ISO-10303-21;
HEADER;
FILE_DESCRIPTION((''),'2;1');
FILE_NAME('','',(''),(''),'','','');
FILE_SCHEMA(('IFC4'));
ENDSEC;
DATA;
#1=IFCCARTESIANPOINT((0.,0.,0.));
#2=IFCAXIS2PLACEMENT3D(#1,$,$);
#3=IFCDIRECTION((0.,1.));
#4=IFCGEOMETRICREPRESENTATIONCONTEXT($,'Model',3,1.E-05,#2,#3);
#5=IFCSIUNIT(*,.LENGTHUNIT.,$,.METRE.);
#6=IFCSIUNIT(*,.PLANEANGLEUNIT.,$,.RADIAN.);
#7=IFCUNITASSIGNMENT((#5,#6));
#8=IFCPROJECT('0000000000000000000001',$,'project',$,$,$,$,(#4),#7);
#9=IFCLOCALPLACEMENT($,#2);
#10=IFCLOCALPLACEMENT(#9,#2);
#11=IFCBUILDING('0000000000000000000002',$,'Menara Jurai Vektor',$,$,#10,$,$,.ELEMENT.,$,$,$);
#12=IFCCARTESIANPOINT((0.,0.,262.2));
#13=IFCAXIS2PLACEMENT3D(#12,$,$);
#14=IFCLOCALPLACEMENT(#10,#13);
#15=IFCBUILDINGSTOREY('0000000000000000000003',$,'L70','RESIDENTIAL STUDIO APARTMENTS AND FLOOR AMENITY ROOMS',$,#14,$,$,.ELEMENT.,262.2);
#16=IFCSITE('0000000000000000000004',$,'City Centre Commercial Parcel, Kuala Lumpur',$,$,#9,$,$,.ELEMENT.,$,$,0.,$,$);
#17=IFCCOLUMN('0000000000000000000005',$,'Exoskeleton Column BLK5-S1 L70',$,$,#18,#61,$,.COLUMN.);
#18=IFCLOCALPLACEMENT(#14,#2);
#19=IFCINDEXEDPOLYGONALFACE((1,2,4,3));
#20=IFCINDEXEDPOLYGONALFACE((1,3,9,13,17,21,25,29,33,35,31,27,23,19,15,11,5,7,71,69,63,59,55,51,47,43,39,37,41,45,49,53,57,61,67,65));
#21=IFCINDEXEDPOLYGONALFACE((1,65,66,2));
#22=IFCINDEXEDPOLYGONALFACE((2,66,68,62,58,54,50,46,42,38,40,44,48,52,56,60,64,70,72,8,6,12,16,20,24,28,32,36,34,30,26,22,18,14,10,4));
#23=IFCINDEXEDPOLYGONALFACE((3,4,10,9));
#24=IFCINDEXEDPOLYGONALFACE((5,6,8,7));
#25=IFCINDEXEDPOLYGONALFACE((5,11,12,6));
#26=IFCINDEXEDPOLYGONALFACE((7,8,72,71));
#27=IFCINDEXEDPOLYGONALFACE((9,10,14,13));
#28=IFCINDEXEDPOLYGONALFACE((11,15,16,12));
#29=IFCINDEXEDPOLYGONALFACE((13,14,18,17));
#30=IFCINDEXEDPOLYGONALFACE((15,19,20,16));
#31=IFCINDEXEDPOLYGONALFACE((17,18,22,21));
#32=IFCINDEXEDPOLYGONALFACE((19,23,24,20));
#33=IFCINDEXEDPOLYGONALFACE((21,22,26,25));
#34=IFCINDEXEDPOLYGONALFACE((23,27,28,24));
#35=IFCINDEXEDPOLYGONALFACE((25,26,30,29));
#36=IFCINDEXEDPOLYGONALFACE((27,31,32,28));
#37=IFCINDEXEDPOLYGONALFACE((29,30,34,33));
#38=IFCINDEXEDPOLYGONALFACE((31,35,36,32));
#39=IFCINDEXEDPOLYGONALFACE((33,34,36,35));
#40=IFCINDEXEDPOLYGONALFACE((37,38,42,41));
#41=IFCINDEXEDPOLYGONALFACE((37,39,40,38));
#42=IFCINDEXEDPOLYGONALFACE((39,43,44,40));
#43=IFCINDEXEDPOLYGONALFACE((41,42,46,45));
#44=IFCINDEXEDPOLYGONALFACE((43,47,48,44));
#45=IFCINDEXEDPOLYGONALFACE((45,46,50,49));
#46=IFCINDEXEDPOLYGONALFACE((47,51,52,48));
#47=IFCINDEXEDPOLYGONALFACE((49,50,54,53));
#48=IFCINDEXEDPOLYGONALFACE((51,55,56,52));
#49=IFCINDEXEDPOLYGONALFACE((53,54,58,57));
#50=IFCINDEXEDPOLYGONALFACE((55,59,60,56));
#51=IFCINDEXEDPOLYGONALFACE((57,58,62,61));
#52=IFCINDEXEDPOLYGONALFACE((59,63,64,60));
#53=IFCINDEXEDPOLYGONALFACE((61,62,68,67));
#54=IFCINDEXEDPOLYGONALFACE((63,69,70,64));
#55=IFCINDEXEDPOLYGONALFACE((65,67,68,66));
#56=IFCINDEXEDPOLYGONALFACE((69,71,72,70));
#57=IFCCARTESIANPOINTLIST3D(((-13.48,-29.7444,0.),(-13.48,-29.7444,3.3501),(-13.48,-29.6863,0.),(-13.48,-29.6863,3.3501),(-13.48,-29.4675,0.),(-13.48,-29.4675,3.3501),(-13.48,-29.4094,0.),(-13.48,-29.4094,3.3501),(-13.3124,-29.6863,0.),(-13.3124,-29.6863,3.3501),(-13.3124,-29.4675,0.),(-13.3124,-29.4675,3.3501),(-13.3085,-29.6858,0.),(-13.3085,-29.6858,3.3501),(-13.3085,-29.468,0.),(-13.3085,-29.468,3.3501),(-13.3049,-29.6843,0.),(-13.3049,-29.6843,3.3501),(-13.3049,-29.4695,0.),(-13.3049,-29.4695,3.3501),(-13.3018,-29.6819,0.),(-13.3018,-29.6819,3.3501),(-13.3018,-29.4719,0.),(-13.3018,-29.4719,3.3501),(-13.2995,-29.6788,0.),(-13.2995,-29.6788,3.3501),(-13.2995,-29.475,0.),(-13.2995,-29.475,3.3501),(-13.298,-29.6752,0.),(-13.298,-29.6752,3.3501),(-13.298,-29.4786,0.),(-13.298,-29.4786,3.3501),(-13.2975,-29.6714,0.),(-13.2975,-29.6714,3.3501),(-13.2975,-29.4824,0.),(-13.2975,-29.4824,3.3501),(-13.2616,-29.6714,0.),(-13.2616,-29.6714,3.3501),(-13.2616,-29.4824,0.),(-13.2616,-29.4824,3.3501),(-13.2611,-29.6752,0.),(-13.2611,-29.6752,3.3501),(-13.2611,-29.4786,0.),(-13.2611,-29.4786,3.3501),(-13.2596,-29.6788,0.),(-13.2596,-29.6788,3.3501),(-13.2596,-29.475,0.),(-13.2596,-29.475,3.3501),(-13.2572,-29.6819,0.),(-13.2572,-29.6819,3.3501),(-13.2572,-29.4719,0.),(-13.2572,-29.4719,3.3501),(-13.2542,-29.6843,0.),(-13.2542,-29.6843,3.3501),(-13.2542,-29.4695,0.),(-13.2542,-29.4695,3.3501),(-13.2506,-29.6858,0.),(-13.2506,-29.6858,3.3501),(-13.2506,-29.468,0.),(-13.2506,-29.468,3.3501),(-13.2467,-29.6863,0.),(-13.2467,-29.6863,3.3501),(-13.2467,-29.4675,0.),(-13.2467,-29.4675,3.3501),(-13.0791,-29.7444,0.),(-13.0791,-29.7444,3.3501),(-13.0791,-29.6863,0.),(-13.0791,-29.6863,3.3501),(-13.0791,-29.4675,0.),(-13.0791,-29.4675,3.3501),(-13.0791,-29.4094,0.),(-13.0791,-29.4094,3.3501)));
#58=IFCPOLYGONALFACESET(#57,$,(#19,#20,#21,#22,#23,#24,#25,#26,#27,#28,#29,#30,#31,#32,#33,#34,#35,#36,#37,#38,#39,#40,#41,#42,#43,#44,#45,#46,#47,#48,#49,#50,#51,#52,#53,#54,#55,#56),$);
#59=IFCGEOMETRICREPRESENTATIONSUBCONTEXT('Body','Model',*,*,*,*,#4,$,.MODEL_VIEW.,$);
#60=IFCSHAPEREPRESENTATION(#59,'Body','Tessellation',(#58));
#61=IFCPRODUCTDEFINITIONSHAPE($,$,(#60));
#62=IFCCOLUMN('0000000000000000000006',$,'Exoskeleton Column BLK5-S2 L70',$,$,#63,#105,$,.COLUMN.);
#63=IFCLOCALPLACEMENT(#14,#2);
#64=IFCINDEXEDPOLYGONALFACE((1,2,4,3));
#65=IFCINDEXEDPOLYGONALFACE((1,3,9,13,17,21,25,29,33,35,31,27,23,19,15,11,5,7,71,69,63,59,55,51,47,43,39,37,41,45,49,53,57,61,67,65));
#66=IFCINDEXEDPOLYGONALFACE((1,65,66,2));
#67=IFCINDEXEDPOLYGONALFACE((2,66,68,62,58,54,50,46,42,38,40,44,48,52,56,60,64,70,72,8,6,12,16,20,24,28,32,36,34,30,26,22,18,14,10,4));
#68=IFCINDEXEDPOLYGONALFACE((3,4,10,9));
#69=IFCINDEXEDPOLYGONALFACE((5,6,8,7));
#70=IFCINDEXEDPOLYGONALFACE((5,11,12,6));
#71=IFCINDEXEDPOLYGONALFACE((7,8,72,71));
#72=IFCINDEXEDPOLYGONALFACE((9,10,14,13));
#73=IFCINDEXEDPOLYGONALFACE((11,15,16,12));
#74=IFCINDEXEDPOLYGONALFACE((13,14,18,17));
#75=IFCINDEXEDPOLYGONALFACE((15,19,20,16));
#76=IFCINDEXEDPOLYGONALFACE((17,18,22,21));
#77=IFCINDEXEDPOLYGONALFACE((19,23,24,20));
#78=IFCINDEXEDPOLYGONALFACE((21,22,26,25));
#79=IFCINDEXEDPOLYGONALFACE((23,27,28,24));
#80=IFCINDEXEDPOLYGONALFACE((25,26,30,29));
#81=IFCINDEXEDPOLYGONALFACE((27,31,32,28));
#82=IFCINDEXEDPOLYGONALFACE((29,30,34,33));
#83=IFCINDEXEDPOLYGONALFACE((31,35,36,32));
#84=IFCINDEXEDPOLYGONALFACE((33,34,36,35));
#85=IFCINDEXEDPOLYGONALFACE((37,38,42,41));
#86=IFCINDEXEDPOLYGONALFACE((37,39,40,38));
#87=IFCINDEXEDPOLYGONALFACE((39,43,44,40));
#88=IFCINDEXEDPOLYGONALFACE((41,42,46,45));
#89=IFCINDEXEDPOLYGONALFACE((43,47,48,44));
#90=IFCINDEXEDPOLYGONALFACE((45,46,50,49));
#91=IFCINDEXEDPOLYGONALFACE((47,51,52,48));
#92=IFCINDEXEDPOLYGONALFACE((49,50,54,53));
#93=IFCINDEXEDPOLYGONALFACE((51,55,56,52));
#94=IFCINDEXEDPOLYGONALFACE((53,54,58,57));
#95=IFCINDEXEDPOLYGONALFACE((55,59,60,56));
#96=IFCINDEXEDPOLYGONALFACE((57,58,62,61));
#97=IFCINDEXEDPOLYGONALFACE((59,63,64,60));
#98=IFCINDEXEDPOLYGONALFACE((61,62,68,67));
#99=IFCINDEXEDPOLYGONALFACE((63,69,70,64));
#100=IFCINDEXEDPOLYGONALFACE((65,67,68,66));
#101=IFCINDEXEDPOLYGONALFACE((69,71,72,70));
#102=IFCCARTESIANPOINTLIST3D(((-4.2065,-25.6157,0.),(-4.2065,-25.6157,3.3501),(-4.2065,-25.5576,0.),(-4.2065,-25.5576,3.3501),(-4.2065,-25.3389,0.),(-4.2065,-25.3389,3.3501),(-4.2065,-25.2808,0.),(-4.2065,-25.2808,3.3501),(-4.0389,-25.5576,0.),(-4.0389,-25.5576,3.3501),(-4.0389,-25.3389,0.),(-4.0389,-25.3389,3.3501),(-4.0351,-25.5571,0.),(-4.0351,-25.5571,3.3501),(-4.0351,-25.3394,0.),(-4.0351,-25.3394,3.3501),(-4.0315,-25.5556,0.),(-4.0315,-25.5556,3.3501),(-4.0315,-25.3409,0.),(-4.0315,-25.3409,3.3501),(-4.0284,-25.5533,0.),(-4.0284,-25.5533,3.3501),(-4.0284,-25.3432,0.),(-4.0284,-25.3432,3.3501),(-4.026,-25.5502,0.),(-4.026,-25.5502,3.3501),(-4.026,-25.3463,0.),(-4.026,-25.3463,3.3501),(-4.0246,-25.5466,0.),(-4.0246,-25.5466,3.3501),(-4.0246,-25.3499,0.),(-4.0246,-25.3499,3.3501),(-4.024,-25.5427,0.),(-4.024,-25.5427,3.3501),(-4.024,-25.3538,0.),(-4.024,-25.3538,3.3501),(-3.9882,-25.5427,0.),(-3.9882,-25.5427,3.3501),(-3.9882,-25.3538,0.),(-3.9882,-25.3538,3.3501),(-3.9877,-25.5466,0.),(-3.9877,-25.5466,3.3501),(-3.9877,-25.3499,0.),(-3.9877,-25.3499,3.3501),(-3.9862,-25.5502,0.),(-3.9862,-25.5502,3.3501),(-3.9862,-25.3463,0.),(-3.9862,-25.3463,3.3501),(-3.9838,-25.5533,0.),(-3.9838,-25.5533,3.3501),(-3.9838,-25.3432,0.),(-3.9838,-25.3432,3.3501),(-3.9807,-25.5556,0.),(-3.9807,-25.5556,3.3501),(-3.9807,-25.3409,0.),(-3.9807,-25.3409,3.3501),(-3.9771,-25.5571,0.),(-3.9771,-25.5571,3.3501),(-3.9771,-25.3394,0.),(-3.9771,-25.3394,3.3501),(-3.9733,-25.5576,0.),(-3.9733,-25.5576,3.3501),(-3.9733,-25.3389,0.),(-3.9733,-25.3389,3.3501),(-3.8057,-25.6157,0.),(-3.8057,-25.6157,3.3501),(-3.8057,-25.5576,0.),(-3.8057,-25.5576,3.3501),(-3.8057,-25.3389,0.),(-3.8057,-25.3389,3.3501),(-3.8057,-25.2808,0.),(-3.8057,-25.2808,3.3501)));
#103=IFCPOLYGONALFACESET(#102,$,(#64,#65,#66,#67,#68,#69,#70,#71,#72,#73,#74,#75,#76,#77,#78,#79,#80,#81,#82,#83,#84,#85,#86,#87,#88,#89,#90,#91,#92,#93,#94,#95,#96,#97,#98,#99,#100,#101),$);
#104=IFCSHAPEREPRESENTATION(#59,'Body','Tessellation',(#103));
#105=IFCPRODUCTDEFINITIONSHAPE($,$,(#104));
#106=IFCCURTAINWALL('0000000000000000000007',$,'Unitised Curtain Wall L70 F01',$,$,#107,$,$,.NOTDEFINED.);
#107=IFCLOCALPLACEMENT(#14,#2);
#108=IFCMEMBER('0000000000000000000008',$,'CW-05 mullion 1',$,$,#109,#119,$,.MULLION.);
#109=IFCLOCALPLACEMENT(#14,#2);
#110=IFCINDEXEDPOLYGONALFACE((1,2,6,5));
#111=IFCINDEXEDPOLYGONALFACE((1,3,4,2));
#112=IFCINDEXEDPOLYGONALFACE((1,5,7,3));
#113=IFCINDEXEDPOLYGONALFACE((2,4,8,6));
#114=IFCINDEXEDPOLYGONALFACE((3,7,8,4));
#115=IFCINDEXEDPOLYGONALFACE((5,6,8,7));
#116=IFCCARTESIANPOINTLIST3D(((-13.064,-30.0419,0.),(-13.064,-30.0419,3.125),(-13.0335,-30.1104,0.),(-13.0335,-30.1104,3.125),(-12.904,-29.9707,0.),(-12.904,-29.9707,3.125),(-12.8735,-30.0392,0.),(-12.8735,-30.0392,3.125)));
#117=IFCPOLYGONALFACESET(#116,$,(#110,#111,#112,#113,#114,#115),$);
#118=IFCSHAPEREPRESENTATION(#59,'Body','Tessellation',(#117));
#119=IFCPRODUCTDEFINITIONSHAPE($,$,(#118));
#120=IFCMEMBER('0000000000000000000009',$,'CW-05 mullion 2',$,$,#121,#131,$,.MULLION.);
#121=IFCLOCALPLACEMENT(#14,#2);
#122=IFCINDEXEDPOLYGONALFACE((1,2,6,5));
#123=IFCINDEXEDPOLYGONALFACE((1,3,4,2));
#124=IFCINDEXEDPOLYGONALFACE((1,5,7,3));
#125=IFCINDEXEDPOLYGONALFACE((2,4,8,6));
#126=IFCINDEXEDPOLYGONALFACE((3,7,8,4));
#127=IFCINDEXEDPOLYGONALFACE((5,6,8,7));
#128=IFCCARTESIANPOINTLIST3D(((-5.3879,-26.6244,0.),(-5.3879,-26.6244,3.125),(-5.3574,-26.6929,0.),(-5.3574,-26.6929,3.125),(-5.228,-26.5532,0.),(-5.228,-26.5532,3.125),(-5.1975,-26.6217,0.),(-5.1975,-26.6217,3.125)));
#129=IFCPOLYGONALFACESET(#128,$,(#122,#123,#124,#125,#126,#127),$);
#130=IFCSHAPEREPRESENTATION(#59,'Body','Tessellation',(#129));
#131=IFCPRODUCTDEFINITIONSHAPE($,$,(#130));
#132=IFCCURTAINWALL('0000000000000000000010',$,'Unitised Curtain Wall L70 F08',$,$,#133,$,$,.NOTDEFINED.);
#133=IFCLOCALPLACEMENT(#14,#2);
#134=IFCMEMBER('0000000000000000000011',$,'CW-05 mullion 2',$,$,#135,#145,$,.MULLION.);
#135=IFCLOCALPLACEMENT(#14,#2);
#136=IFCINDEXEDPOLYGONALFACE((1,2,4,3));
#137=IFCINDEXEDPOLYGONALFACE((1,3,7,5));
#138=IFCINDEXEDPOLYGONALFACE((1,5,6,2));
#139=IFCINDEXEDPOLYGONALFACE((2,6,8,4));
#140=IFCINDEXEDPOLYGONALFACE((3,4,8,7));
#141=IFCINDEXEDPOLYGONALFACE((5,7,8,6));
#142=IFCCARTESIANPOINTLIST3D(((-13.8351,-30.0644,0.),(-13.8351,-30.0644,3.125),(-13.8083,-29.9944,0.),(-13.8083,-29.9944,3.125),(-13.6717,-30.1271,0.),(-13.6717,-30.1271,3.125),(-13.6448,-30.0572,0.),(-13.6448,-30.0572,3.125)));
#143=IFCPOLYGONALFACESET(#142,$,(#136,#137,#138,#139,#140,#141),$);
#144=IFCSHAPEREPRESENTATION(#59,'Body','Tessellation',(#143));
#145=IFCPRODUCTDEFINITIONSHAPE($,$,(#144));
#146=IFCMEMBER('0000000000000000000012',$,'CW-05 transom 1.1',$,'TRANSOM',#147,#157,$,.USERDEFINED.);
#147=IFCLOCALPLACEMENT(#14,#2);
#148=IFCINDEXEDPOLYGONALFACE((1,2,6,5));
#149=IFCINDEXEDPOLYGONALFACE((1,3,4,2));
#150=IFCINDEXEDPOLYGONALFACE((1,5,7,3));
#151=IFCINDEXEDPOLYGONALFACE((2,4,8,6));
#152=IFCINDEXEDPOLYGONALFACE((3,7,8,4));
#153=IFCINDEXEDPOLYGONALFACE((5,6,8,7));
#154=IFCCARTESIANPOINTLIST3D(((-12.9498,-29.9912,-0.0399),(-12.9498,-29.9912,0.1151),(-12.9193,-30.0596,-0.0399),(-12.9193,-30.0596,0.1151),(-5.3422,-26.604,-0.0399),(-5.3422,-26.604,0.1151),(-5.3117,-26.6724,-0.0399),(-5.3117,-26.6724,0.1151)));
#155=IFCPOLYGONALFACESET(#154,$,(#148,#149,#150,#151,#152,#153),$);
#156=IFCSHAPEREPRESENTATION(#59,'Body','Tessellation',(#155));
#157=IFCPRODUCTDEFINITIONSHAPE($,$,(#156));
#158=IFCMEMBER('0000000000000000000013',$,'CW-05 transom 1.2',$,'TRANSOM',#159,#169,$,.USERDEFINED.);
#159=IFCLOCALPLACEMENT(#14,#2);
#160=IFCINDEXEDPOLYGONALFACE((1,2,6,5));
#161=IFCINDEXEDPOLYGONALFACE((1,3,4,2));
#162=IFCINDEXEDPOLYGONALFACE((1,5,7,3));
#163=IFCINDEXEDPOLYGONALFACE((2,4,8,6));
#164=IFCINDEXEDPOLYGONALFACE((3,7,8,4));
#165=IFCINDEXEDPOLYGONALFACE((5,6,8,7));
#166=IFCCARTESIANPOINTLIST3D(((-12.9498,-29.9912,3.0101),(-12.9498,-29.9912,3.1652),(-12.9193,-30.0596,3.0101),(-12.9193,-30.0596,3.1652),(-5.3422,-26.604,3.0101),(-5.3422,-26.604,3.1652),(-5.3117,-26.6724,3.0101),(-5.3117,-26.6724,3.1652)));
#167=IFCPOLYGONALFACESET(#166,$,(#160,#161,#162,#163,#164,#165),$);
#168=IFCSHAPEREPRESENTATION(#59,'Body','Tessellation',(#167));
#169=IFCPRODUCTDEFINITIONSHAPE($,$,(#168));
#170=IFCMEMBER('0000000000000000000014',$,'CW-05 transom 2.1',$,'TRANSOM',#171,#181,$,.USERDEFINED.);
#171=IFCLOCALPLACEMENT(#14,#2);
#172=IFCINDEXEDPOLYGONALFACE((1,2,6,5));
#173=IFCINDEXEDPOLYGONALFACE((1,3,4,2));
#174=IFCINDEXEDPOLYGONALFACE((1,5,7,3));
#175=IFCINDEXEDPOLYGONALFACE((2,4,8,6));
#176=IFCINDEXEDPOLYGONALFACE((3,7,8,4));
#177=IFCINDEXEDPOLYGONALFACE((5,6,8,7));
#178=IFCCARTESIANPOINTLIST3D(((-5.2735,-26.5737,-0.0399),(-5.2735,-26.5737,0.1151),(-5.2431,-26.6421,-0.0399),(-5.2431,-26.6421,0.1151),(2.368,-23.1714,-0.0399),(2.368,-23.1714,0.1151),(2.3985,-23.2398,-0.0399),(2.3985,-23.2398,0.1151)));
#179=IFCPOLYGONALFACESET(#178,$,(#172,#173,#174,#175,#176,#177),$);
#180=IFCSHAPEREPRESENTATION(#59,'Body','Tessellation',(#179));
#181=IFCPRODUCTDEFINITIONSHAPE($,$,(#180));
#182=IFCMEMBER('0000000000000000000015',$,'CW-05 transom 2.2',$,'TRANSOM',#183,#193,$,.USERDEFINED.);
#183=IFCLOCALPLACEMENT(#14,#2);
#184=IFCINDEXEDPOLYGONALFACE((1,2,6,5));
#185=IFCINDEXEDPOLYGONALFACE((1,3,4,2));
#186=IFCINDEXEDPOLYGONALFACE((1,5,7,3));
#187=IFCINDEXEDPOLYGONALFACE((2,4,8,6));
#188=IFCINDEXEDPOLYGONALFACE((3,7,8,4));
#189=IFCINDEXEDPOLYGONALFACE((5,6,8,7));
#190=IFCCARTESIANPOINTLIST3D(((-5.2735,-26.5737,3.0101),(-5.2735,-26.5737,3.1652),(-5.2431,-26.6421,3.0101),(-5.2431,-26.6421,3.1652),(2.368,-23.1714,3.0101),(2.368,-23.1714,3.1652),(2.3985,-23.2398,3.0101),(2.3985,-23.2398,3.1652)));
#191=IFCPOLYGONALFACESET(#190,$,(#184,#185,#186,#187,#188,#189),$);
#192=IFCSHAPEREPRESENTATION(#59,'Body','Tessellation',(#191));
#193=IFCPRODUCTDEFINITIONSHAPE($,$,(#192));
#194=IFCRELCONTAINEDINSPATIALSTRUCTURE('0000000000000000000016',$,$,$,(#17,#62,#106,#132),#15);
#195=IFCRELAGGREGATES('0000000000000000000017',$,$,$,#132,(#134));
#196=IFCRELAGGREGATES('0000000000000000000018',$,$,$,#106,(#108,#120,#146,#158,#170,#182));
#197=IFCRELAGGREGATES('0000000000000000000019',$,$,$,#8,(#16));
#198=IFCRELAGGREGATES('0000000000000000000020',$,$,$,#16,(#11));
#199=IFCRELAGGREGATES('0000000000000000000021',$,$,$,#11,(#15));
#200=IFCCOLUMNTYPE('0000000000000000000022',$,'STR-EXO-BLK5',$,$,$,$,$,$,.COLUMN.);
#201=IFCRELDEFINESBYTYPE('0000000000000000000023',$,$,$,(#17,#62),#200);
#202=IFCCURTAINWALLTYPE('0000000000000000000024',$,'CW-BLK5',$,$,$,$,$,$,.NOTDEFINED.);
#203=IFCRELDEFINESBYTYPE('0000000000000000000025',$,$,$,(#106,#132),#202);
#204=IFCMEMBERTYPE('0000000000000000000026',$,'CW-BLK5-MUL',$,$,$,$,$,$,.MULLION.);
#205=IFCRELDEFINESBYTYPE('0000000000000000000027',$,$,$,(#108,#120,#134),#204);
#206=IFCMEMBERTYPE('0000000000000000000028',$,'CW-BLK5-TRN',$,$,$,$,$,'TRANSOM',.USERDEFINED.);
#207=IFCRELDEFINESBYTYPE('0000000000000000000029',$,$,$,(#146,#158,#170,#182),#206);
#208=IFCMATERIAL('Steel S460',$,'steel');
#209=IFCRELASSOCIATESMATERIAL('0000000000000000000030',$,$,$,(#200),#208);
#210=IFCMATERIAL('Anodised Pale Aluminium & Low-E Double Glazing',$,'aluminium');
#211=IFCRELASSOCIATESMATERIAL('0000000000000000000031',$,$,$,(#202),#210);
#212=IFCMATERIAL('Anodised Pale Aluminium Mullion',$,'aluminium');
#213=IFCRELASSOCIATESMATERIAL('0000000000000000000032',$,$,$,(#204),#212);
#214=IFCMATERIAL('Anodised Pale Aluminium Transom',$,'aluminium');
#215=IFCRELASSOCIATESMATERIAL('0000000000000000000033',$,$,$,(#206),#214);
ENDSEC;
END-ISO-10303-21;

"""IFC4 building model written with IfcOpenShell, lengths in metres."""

from ifc_helpers import new_model, si_unit, direction, frame, origin, origin_2d, place, context, subcontext, project, spatial, rectangle, i_section, extrude, material, material_profile, profile_set, type_object, element, aggregate, save


model = new_model("IFC4")

# Units and contexts
model_context = context("Model", 3, precision=1e-05, world=origin(), true_north=direction((0.0, 1.0)))
body_context = subcontext(model_context, "Body", "Model", "MODEL_VIEW")
ifc_project = project(units=[si_unit("LENGTHUNIT", "METRE"), si_unit("PLANEANGLEUNIT", "RADIAN")], contexts=[model_context])

# Site, building, storey
site_placement = place(None, origin())
site = spatial("IfcSite", under=ifc_project, at=site_placement, Name="City Centre Commercial Parcel, Kuala Lumpur", CompositionType="ELEMENT", RefElevation=0.0)
building_placement = place(site_placement, origin())
building = spatial("IfcBuilding", under=site, at=building_placement, Name="Menara Jurai Vektor", CompositionType="ELEMENT")
storey_placement = place(building_placement, frame((0.0, 0.0, 262.2)))
storey = spatial("IfcBuildingStorey", under=building, at=storey_placement, Name="L70", Description="RESIDENTIAL STUDIO APARTMENTS AND FLOOR AMENITY ROOMS", CompositionType="ELEMENT", Elevation=262.2)

# Columns
ifc_material_1 = material(Name="Steel S460", Category="steel")
ifc_material_profile_1 = material_profile(ifc_material_1, i_section(OverallWidth=0.4009, OverallDepth=0.335, WebThickness=0.0359, FlangeThickness=0.0581, FilletRadius=0.0149, at=origin_2d()), Name="HD 400x463")
ifc_profile_set_1 = profile_set([ifc_material_profile_1], Name="Steel S460")
column_type = type_object("IfcColumnType", Name="STR-EXO-BLK5", PredefinedType="COLUMN", material=ifc_profile_set_1)
for number, where, z_axis, x_axis, name in (
    (1, (-13.2795, -29.5769, 0.0), (0.0, 0.0, 1.0), (1.0, 0.0, 0.0), "Exoskeleton Column BLK5-S1 L70"),
    (2, (-4.0061, -25.4482, 0.0), (0.0, 0.0, 1.0), (1.0, 0.0, 0.0), "Exoskeleton Column BLK5-S2 L70"),
):
    element("IfcColumn", number, at=place(storey_placement, frame(where, z_axis=z_axis, x_axis=x_axis)), inside=storey, type_object=column_type, Name=name, PredefinedType="COLUMN", context=body_context, shape_type="SweptSolid", body=[
        extrude(i_section(OverallWidth=0.4009, OverallDepth=0.335, WebThickness=0.0359, FlangeThickness=0.0581, FilletRadius=0.0149, at=origin_2d()), origin(), (0.0, 0.0, 1.0), 3.3501),
    ])

# Curtain wall, members
ifc_material_2 = material(Name="Anodised Pale Aluminium & Low-E Double Glazing", Category="aluminium")
curtain_wall_type = type_object("IfcCurtainWallType", Name="CW-BLK5", PredefinedType="NOTDEFINED", material=ifc_material_2)
curtain_wall_1_placement = place(storey_placement, origin())
curtain_wall_1 = element("IfcCurtainWall", 3, at=curtain_wall_1_placement, inside=storey, type_object=curtain_wall_type, Name="Unitised Curtain Wall L70 F01", PredefinedType="NOTDEFINED")
ifc_material_3 = material(Name="Anodised Pale Aluminium Mullion", Category="aluminium")
ifc_material_profile_2 = material_profile(ifc_material_3, rectangle(XDim=0.075, YDim=0.175, at=origin_2d()), Name="ALU MUL 75x175")
ifc_profile_set_2 = profile_set([ifc_material_profile_2], Name="Anodised Pale Aluminium Mullion")
member_type_1 = type_object("IfcMemberType", Name="CW-BLK5-MUL", PredefinedType="MULLION", material=ifc_profile_set_2)
member_1_placement = place(storey_placement, frame((-12.9688, -30.0405, 0.0), z_axis=(0.0, 0.0, 1.0), x_axis=(-0.406735, 0.913546, 0.0)))
member_1 = element("IfcMember", 4, at=member_1_placement, type_object=member_type_1, Name="CW-05 mullion 1", PredefinedType="MULLION", context=body_context, shape_type="SweptSolid", body=[
    extrude(rectangle(XDim=0.075, YDim=0.175, at=origin_2d()), origin(), (0.0, 0.0, 1.0), 3.125),
])
member_2_placement = place(storey_placement, frame((-5.2927, -26.623, 0.0), z_axis=(0.0, 0.0, 1.0), x_axis=(-0.406735, 0.913546, 0.0)))
member_2 = element("IfcMember", 5, at=member_2_placement, type_object=member_type_1, Name="CW-05 mullion 2", PredefinedType="MULLION", context=body_context, shape_type="SweptSolid", body=[
    extrude(rectangle(XDim=0.075, YDim=0.175, at=origin_2d()), origin(), (0.0, 0.0, 1.0), 3.125),
])

# Curtain wall, member
curtain_wall_2_placement = place(storey_placement, origin())
curtain_wall_2 = element("IfcCurtainWall", 6, at=curtain_wall_2_placement, inside=storey, type_object=curtain_wall_type, Name="Unitised Curtain Wall L70 F08", PredefinedType="NOTDEFINED")
member_3_placement = place(storey_placement, frame((-13.74, -30.0608, 0.0), z_axis=(0.0, 0.0, 1.0), x_axis=(0.358374, 0.933578, 0.0)))
member_3 = element("IfcMember", 7, at=member_3_placement, type_object=member_type_1, Name="CW-05 mullion 2", PredefinedType="MULLION", context=body_context, shape_type="SweptSolid", body=[
    extrude(rectangle(XDim=0.075, YDim=0.175, at=origin_2d()), origin(), (0.0, 0.0, 1.0), 3.125),
])
aggregate(curtain_wall_2, [member_3])

# Members
ifc_material_4 = material(Name="Anodised Pale Aluminium Transom", Category="aluminium")
ifc_material_profile_3 = material_profile(ifc_material_4, rectangle(XDim=0.075, YDim=0.155, at=origin_2d()), Name="ALU TRN 75x155")
ifc_profile_set_3 = profile_set([ifc_material_profile_3], Name="Anodised Pale Aluminium Transom")
member_type_2 = type_object("IfcMemberType", Name="CW-BLK5-TRN", ElementType="TRANSOM", PredefinedType="USERDEFINED", material=ifc_profile_set_3)
member_4_placement = place(storey_placement, frame((-12.9346, -30.0254, 0.0376), z_axis=(0.913543, 0.406742, 0.0), x_axis=(-0.406742, 0.913543, 0.0)))
member_4 = element("IfcMember", 8, at=member_4_placement, type_object=member_type_2, Name="CW-05 transom 1.1", ObjectType="TRANSOM", PredefinedType="USERDEFINED", context=body_context, shape_type="SweptSolid", body=[
    extrude(rectangle(XDim=0.075, YDim=0.155, at=origin_2d()), origin(), (0.0, 0.0, 1.0), 8.3276),
])
member_5_placement = place(storey_placement, frame((-12.9346, -30.0254, 3.0876), z_axis=(0.913543, 0.406742, 0.0), x_axis=(-0.406742, 0.913543, 0.0)))
member_5 = element("IfcMember", 9, at=member_5_placement, type_object=member_type_2, Name="CW-05 transom 1.2", ObjectType="TRANSOM", PredefinedType="USERDEFINED", context=body_context, shape_type="SweptSolid", body=[
    extrude(rectangle(XDim=0.075, YDim=0.155, at=origin_2d()), origin(), (0.0, 0.0, 1.0), 8.3276),
])
member_6_placement = place(storey_placement, frame((-5.2583, -26.6079, 0.0376), z_axis=(0.913542, 0.406745, 0.0), x_axis=(-0.406745, 0.913542, 0.0)))
member_6 = element("IfcMember", 10, at=member_6_placement, type_object=member_type_2, Name="CW-05 transom 2.1", ObjectType="TRANSOM", PredefinedType="USERDEFINED", context=body_context, shape_type="SweptSolid", body=[
    extrude(rectangle(XDim=0.075, YDim=0.155, at=origin_2d()), origin(), (0.0, 0.0, 1.0), 8.3647),
])
member_7_placement = place(storey_placement, frame((-5.2583, -26.6079, 3.0876), z_axis=(0.913542, 0.406745, 0.0), x_axis=(-0.406745, 0.913542, 0.0)))
member_7 = element("IfcMember", 11, at=member_7_placement, type_object=member_type_2, Name="CW-05 transom 2.2", ObjectType="TRANSOM", PredefinedType="USERDEFINED", context=body_context, shape_type="SweptSolid", body=[
    extrude(rectangle(XDim=0.075, YDim=0.155, at=origin_2d()), origin(), (0.0, 0.0, 1.0), 8.3647),
])

aggregate(curtain_wall_1, [member_1, member_2, member_4, member_5, member_6, member_7])

save(model, "model.ifc")
